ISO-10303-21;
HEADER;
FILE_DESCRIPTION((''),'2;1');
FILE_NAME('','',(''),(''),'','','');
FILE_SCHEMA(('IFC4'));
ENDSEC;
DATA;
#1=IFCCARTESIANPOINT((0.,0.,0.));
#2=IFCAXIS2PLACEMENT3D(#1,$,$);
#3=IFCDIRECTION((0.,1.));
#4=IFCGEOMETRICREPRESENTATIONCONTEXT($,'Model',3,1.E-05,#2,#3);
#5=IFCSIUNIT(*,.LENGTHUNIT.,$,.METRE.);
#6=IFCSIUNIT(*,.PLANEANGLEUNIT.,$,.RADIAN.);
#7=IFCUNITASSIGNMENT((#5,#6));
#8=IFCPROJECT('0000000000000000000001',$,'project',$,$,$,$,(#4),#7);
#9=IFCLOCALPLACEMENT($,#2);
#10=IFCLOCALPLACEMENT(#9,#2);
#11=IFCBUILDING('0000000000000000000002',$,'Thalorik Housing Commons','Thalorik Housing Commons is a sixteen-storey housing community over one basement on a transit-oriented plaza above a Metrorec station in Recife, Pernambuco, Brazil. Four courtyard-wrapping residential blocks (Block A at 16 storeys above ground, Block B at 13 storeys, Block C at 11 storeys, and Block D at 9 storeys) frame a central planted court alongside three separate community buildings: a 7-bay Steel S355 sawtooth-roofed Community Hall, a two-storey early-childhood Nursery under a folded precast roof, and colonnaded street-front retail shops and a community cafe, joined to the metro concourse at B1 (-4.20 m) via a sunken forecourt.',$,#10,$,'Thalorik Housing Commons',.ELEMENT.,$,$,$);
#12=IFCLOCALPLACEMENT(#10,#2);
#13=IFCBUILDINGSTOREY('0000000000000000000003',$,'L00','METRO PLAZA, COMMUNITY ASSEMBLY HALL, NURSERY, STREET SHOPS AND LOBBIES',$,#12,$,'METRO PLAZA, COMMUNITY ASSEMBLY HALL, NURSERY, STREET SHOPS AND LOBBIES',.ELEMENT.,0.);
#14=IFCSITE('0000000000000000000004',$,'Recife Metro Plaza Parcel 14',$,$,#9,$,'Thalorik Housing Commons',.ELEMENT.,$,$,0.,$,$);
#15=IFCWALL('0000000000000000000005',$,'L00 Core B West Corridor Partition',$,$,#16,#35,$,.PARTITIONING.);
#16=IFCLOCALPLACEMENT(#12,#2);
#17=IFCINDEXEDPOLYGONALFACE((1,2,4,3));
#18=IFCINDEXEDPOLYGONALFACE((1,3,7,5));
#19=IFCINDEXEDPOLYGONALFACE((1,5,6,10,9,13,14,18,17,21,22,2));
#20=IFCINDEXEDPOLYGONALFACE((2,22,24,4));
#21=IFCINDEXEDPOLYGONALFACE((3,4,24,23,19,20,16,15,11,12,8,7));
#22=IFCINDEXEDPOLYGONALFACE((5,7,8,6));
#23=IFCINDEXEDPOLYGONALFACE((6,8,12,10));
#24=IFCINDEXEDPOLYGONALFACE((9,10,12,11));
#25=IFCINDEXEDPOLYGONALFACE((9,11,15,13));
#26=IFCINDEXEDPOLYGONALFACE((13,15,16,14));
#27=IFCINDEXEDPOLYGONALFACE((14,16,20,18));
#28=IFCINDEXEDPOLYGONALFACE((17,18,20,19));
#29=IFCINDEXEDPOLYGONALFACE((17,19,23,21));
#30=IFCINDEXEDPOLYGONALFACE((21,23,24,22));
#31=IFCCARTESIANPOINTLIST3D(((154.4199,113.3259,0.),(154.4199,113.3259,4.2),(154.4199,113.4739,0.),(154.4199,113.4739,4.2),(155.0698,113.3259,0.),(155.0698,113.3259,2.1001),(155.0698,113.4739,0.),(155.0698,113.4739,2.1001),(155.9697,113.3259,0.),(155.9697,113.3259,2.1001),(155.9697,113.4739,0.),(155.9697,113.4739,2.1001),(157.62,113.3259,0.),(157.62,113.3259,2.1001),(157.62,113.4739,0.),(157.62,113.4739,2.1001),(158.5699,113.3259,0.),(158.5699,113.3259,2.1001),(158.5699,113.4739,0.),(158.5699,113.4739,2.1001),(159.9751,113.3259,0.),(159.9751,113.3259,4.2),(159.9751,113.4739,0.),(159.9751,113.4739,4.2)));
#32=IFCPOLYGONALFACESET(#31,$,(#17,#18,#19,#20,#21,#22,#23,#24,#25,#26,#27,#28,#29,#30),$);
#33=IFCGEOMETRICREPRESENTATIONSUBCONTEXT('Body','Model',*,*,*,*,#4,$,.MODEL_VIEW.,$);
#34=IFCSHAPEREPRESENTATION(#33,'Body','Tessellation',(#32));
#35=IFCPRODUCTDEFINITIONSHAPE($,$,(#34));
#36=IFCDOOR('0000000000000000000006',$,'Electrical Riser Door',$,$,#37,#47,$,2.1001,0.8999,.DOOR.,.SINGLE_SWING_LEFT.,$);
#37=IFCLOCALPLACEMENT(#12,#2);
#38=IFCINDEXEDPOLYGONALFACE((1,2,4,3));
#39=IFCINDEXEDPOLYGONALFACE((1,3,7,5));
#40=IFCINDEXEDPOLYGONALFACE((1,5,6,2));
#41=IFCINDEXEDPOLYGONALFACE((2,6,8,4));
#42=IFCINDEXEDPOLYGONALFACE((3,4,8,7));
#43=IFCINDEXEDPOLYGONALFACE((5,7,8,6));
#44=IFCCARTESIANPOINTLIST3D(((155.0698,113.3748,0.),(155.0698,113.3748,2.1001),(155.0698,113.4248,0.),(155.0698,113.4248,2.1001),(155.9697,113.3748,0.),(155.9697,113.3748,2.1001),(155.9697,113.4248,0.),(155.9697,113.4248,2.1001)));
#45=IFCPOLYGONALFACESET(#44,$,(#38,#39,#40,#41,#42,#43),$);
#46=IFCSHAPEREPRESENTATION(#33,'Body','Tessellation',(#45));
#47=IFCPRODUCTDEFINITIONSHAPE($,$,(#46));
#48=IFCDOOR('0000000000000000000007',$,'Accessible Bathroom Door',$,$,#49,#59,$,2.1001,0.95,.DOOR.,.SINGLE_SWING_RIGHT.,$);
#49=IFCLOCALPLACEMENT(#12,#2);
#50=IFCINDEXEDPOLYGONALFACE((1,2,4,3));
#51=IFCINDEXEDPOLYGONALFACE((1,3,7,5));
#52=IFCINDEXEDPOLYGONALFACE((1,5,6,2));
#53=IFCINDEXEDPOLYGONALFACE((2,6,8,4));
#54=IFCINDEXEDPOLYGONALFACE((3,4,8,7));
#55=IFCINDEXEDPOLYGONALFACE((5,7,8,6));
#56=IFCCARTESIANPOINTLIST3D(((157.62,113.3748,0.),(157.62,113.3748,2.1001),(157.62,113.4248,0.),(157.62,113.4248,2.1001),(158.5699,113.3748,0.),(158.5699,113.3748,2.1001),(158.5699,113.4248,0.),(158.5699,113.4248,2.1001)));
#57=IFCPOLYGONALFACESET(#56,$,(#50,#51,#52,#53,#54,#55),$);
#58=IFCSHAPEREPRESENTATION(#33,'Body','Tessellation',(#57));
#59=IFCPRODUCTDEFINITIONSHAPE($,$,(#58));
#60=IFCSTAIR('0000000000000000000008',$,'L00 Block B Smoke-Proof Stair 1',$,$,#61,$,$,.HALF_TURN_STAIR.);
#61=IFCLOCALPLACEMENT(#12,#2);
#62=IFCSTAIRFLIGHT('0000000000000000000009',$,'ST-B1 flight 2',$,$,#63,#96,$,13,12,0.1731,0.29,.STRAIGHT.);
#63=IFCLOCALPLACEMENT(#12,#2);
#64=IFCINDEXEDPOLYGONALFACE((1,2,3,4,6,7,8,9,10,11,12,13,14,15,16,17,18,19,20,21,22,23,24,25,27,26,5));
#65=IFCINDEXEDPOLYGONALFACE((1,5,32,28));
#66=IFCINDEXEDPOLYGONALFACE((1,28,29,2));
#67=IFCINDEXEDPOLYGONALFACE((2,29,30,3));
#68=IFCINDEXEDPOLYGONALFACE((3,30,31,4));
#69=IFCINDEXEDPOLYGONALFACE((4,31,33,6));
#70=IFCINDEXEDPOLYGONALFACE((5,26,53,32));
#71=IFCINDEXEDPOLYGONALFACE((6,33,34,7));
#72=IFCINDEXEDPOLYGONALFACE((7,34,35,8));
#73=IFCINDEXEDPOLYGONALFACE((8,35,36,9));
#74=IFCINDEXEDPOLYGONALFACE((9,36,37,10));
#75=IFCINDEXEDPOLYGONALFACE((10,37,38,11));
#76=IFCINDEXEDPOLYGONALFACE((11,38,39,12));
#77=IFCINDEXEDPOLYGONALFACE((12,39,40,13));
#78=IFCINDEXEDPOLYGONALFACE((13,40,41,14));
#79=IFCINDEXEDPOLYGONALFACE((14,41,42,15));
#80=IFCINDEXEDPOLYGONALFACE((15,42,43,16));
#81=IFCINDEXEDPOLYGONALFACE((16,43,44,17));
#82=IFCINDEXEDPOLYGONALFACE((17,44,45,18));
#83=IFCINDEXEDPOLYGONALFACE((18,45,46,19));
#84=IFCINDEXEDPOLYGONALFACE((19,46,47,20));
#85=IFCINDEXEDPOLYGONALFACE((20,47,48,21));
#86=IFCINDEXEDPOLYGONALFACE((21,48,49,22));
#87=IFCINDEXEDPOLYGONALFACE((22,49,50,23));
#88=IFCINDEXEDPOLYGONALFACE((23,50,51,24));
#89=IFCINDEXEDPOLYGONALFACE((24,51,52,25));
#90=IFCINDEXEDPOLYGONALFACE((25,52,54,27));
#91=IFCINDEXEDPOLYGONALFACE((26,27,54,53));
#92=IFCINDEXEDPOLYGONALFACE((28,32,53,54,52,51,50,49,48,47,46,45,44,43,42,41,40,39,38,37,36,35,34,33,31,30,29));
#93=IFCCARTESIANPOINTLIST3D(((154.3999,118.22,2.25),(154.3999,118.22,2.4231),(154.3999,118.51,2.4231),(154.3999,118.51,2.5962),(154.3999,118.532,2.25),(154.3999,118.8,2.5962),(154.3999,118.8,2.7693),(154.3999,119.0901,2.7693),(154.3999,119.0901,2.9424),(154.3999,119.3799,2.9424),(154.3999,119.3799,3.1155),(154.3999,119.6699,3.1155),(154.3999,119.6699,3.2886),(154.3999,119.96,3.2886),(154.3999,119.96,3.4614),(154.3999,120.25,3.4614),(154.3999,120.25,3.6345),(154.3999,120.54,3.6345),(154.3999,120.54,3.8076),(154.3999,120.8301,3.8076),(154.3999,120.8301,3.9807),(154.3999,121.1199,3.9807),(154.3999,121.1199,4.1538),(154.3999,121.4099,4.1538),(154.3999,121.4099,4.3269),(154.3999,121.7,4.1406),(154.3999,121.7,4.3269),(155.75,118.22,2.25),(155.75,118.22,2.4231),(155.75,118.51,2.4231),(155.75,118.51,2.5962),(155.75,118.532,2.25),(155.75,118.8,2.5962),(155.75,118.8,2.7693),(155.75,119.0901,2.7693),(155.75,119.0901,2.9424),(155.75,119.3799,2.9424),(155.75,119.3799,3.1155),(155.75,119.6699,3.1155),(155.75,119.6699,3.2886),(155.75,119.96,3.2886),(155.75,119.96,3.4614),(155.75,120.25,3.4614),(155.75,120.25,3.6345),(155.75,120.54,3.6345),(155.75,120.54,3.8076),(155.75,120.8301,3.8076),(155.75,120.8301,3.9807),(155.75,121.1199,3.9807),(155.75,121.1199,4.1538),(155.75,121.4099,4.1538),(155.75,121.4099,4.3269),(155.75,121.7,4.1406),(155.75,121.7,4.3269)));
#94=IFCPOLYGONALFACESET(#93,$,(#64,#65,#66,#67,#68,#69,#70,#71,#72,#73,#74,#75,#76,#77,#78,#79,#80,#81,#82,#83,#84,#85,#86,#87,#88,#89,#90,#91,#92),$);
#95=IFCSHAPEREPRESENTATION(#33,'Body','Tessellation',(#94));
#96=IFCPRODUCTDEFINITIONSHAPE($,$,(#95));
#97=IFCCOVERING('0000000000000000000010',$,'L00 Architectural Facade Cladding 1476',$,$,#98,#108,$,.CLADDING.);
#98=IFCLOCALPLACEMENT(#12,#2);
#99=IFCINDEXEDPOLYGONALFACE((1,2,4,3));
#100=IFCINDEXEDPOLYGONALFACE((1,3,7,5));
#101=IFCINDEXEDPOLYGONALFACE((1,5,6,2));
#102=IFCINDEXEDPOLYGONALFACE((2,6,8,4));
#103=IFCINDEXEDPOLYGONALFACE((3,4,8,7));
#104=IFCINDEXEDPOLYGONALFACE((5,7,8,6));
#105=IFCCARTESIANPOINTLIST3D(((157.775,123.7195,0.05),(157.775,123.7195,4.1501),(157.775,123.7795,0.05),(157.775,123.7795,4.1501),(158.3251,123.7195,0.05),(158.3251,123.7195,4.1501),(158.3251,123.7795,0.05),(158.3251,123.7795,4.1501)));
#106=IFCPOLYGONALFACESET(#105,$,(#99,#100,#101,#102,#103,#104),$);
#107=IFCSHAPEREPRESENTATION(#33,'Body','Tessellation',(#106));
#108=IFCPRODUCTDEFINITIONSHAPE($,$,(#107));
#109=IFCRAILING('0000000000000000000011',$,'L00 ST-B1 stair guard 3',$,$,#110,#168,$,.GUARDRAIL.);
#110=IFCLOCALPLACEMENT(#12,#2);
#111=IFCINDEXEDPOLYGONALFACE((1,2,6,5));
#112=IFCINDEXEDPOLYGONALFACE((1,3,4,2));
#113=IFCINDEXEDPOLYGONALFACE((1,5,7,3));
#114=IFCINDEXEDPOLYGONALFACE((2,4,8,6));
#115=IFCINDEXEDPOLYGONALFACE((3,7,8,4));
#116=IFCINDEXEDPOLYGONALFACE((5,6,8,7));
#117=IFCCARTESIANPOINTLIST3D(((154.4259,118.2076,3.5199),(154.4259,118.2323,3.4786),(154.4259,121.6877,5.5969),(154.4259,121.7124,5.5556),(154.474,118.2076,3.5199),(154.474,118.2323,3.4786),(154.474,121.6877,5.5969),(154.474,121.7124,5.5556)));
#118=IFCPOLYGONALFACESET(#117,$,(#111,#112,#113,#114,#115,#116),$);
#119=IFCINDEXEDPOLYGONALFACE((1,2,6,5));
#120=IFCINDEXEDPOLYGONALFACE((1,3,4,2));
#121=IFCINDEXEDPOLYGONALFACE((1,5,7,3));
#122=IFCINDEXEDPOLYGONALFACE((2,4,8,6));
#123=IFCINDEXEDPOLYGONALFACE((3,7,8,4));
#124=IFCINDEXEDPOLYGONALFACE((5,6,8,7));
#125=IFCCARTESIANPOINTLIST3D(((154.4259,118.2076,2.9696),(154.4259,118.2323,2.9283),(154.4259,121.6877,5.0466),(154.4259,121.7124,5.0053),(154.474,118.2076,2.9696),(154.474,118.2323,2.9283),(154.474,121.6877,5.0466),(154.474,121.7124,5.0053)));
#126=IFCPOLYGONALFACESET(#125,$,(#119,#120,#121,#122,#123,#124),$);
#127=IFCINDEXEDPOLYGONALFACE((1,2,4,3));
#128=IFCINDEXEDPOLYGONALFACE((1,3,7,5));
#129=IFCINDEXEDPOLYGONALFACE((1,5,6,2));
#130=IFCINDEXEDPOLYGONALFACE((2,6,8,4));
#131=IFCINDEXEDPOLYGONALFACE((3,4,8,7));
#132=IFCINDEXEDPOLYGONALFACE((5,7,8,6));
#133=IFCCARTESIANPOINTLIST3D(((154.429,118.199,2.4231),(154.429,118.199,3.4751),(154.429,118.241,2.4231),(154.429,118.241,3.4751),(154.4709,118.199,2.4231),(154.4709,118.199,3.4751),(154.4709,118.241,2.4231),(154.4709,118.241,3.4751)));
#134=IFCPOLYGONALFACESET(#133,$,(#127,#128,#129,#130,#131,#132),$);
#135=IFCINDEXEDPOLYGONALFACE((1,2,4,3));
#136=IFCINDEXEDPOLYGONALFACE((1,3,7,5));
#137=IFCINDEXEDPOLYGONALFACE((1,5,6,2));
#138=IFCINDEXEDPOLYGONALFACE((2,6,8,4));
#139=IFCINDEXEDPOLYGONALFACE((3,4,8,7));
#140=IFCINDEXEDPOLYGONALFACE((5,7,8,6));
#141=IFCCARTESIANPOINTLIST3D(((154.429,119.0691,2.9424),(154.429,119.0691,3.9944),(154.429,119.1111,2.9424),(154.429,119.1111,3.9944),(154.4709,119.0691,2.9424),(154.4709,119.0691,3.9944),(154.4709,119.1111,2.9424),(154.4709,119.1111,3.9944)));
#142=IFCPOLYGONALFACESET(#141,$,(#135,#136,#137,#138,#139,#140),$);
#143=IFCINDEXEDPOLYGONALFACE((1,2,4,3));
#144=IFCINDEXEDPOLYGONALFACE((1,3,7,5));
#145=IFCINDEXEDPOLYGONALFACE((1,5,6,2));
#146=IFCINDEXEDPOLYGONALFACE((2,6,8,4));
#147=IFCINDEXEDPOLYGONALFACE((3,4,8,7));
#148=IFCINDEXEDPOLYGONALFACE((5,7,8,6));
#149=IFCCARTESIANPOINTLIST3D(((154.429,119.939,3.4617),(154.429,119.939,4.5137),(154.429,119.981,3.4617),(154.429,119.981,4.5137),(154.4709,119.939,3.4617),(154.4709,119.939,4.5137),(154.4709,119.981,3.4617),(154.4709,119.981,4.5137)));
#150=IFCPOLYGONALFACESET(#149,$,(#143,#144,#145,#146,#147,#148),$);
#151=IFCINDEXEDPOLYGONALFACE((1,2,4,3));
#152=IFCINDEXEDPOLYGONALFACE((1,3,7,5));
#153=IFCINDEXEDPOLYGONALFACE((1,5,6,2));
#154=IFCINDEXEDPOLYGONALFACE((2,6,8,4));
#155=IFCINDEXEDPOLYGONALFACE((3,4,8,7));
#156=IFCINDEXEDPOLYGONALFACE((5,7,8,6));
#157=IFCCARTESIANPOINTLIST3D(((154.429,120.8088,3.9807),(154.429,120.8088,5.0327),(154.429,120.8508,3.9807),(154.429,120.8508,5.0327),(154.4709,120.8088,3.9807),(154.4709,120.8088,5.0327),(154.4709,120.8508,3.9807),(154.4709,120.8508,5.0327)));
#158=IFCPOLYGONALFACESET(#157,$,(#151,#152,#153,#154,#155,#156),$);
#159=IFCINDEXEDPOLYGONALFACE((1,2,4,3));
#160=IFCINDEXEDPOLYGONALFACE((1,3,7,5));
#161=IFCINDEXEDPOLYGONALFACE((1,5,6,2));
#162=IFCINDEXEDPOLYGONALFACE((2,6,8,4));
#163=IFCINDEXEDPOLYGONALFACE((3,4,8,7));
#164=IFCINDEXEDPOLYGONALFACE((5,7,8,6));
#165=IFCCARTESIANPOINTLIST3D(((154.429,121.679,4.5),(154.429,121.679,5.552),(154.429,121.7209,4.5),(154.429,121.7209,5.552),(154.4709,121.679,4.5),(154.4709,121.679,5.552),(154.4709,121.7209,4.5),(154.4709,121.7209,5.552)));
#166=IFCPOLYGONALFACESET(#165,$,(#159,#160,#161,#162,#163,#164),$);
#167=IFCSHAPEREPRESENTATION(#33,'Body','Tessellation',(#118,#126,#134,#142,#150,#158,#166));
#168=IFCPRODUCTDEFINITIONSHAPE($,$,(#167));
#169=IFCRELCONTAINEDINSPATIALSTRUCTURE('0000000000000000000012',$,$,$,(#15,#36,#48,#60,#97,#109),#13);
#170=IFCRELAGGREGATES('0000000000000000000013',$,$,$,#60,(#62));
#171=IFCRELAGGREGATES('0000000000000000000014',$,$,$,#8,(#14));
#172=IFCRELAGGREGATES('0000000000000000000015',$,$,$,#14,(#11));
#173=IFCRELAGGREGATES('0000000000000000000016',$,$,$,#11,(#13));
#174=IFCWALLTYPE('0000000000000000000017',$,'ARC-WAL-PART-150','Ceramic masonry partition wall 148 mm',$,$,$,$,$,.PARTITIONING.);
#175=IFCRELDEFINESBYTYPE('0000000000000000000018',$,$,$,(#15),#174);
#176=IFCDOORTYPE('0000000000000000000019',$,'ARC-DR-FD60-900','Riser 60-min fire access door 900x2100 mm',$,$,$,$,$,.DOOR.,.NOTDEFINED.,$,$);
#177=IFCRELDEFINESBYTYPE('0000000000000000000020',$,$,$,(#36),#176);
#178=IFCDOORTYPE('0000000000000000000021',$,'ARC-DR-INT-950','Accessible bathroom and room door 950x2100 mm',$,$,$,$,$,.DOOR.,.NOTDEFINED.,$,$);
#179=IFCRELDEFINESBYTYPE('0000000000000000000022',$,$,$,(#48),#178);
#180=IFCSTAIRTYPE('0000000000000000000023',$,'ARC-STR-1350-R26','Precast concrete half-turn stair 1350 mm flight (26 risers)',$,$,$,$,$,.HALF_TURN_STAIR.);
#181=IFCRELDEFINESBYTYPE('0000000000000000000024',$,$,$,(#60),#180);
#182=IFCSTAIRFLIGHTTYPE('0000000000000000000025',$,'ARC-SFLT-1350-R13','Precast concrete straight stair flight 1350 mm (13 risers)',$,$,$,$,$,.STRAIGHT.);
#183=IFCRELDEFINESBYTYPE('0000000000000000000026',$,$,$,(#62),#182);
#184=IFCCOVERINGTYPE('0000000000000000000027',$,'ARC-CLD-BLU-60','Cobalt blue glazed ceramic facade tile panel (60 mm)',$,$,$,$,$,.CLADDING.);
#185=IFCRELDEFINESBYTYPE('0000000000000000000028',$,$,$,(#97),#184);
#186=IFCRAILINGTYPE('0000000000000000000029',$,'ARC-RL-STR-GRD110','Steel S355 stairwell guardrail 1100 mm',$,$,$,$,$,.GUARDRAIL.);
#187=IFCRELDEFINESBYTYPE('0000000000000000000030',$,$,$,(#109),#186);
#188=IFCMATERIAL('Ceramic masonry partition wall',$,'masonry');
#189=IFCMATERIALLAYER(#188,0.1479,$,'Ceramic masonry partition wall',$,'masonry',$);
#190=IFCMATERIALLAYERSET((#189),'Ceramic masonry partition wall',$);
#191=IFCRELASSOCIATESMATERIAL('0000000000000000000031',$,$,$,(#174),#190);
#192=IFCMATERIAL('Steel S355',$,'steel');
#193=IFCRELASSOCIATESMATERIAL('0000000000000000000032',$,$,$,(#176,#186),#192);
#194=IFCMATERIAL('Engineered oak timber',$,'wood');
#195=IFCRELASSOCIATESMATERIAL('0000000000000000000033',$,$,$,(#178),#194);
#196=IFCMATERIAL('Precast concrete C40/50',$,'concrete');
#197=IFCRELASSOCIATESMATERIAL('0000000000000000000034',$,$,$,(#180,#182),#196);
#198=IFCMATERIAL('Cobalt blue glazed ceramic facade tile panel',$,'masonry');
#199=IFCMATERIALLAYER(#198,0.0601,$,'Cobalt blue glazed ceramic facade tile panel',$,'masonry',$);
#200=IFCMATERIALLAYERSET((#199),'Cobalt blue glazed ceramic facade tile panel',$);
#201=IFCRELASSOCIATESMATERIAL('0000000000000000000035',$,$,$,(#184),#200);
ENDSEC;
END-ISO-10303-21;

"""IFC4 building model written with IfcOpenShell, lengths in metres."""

from ifc_helpers import new_model, si_unit, direction, frame, frame_2d, origin, origin_2d, place, context, subcontext, project, spatial, polyline, rectangle, outline, extrude, material, layer, layer_set, type_object, element, fill, aggregate, save


model = new_model("IFC4")

# Units and contexts
model_context = context("Model", 3, precision=1e-05, world=origin(), true_north=direction((0.0, 1.0)))
body_context = subcontext(model_context, "Body", "Model", "MODEL_VIEW")
ifc_project = project(units=[si_unit("LENGTHUNIT", "METRE"), si_unit("PLANEANGLEUNIT", "RADIAN")], contexts=[model_context])

# Site, building, storey
site_placement = place(None, origin())
site = spatial("IfcSite", under=ifc_project, at=site_placement, Name="Recife Metro Plaza Parcel 14", LongName="Thalorik Housing Commons", CompositionType="ELEMENT", RefElevation=0.0)
building_placement = place(site_placement, origin())
building = spatial("IfcBuilding", under=site, at=building_placement, Name="Thalorik Housing Commons", Description="Thalorik Housing Commons is a sixteen-storey housing community over one basement on a transit-oriented plaza above a Metrorec station in Recife, Pernambuco, Brazil. Four courtyard-wrapping residential blocks (Block A at 16 storeys above ground, Block B at 13 storeys, Block C at 11 storeys, and Block D at 9 storeys) frame a central planted court alongside three separate community buildings: a 7-bay Steel S355 sawtooth-roofed Community Hall, a two-storey early-childhood Nursery under a folded precast roof, and colonnaded street-front retail shops and a community cafe, joined to the metro concourse at B1 (-4.20 m) via a sunken forecourt.", LongName="Thalorik Housing Commons", CompositionType="ELEMENT")
storey_placement = place(building_placement, origin())
storey = spatial("IfcBuildingStorey", under=building, at=storey_placement, Name="L00", Description="METRO PLAZA, COMMUNITY ASSEMBLY HALL, NURSERY, STREET SHOPS AND LOBBIES", LongName="METRO PLAZA, COMMUNITY ASSEMBLY HALL, NURSERY, STREET SHOPS AND LOBBIES", CompositionType="ELEMENT", Elevation=0.0)

# Shared definitions
ifc_material_1 = material(Name="Precast concrete C40/50", Category="concrete")

# Shared definitions
ifc_material_2 = material(Name="Steel S355", Category="steel")

# Shared definitions
ifc_material_3 = material(Name="Ceramic masonry partition wall", Category="masonry")
ifc_layer_1 = layer(ifc_material_3, 0.1479, Name="Ceramic masonry partition wall", Category="masonry")
ifc_layer_set_1 = layer_set([ifc_layer_1], Name="Ceramic masonry partition wall")
wall_type_1 = type_object("IfcWallType", Name="ARC-WAL-PART-150", Description="Ceramic masonry partition wall 148 mm", PredefinedType="PARTITIONING", material=ifc_layer_set_1)

# Wall, openings, doors
wall_1_placement = place(storey_placement, frame((154.4199, 113.3999, 0.0), z_axis=(0.0, 0.0, 1.0), x_axis=(1.0, 0.0, 0.0)))
wall_1 = element("IfcWall", 1, at=wall_1_placement, inside=storey, type_object=wall_type_1, Name="L00 Core B West Corridor Partition", PredefinedType="PARTITIONING", context=body_context, shape_type="SweptSolid", body=[
    extrude(rectangle(XDim=5.5552, YDim=0.1479, at=frame_2d((2.7776, 0.0))), origin(), (0.0, 0.0, 1.0), 4.2),
])
opening_1_placement = place(wall_1_placement, frame((0.6499, 0.0, 0.0)))
opening_1 = element("IfcOpeningElement", 2, at=opening_1_placement, cuts=wall_1, PredefinedType="OPENING", context=body_context, shape_type="SweptSolid", body=[
    extrude(rectangle(XDim=0.8999, YDim=2.1001, at=frame_2d((0.45, 1.05))), frame((0.0, 0.084, 0.0), z_axis=(0.0, -1.0, 0.0), x_axis=(1.0, 0.0, 0.0)), (0.0, 0.0, 1.0), 0.168),
])
opening_2_placement = place(wall_1_placement, frame((3.2, 0.0, 0.0)))
opening_2 = element("IfcOpeningElement", 3, at=opening_2_placement, cuts=wall_1, PredefinedType="OPENING", context=body_context, shape_type="SweptSolid", body=[
    extrude(rectangle(XDim=0.95, YDim=2.1001, at=frame_2d((0.4751, 1.05))), frame((0.0, 0.084, 0.0), z_axis=(0.0, -1.0, 0.0), x_axis=(1.0, 0.0, 0.0)), (0.0, 0.0, 1.0), 0.168),
])
door_type_1 = type_object("IfcDoorType", Name="ARC-DR-FD60-900", Description="Riser 60-min fire access door 900x2100 mm", OperationType="NOTDEFINED", PredefinedType="DOOR", material=ifc_material_2)
door_1_placement = place(opening_1_placement, origin())
door_1 = element("IfcDoor", 4, at=door_1_placement, inside=storey, type_object=door_type_1, Name="Electrical Riser Door", OperationType="SINGLE_SWING_LEFT", OverallHeight=2.1001, OverallWidth=0.8999, PredefinedType="DOOR", context=body_context, shape_type="SweptSolid", body=[
    extrude(rectangle(XDim=0.8999, YDim=2.1001, at=frame_2d((0.45, 1.05))), frame((0.0, 0.0249, 0.0), z_axis=(0.0, -1.0, 0.0), x_axis=(1.0, 0.0, 0.0)), (0.0, 0.0, 1.0), 0.05),
])
fill(opening_1, door_1)
ifc_material_4 = material(Name="Engineered oak timber", Category="wood")
door_type_2 = type_object("IfcDoorType", Name="ARC-DR-INT-950", Description="Accessible bathroom and room door 950x2100 mm", OperationType="NOTDEFINED", PredefinedType="DOOR", material=ifc_material_4)
door_2_placement = place(opening_2_placement, origin())
door_2 = element("IfcDoor", 5, at=door_2_placement, inside=storey, type_object=door_type_2, Name="Accessible Bathroom Door", OperationType="SINGLE_SWING_RIGHT", OverallHeight=2.1001, OverallWidth=0.95, PredefinedType="DOOR", context=body_context, shape_type="SweptSolid", body=[
    extrude(rectangle(XDim=0.95, YDim=2.1001, at=frame_2d((0.4751, 1.05))), frame((0.0, 0.0249, 0.0), z_axis=(0.0, -1.0, 0.0), x_axis=(1.0, 0.0, 0.0)), (0.0, 0.0, 1.0), 0.05),
])
fill(opening_2, door_2)

# Stair, stair flight
stair_type = type_object("IfcStairType", Name="ARC-STR-1350-R26", Description="Precast concrete half-turn stair 1350 mm flight (26 risers)", PredefinedType="HALF_TURN_STAIR", material=ifc_material_1)
stair_placement = place(storey_placement, origin())
stair = element("IfcStair", 6, at=stair_placement, inside=storey, type_object=stair_type, Name="L00 Block B Smoke-Proof Stair 1", PredefinedType="HALF_TURN_STAIR")
stair_flight_type = type_object("IfcStairFlightType", Name="ARC-SFLT-1350-R13", Description="Precast concrete straight stair flight 1350 mm (13 risers)", PredefinedType="STRAIGHT", material=ifc_material_1)
stair_flight_placement = place(storey_placement, frame((155.075, 118.22, 2.25), z_axis=(0.0, 0.0, 1.0), x_axis=(0.0, 1.0, 0.0)))
stair_flight = element("IfcStairFlight", 7, at=stair_flight_placement, type_object=stair_flight_type, Name="ST-B1 flight 2", NumberOfRisers=13, NumberOfTreads=12, PredefinedType="STRAIGHT", RiserHeight=0.1731, TreadLength=0.29, context=body_context, shape_type="SweptSolid", body=[
    extrude(outline(polyline([(0.0, 0.0), (0.0, 0.1731), (0.29, 0.1731), (0.29, 0.3462), (0.5801, 0.3462), (0.5801, 0.5193), (0.8701, 0.5193), (0.8701, 0.6924), (1.1599, 0.6924), (1.1599, 0.8655), (1.45, 0.8655), (1.45, 1.0386), (1.74, 1.0386), (1.74, 1.2114), (2.03, 1.2114), (2.03, 1.3845), (2.3201, 1.3845), (2.3201, 1.5576), (2.6101, 1.5576), (2.6101, 1.7307), (2.8999, 1.7307), (2.8999, 1.9038), (3.1899, 1.9038), (3.1899, 2.0769), (3.48, 2.0769), (3.48, 2.25), (3.48, 1.8906), (0.312, 0.0), (0.0, 0.0)])), frame((0.0, 0.675, 0.0), z_axis=(0.0, -1.0, 0.0), x_axis=(1.0, 0.0, 0.0)), (0.0, 0.0, 1.0), 1.3501),
])
aggregate(stair, [stair_flight])

# Covering
ifc_material_5 = material(Name="Cobalt blue glazed ceramic facade tile panel", Category="masonry")
ifc_layer_2 = layer(ifc_material_5, 0.0601, Name="Cobalt blue glazed ceramic facade tile panel", Category="masonry")
ifc_layer_set_2 = layer_set([ifc_layer_2], Name="Cobalt blue glazed ceramic facade tile panel")
covering_type = type_object("IfcCoveringType", Name="ARC-CLD-BLU-60", Description="Cobalt blue glazed ceramic facade tile panel (60 mm)", PredefinedType="CLADDING", material=ifc_layer_set_2)
covering_placement = place(storey_placement, frame((158.05, 123.7495, 0.05), z_axis=(0.0, 0.0, 1.0), x_axis=(-1.0, 0.0, 0.0)))
element("IfcCovering", 8, at=covering_placement, inside=storey, type_object=covering_type, Name="L00 Architectural Facade Cladding 1476", PredefinedType="CLADDING", context=body_context, shape_type="SweptSolid", body=[
    extrude(rectangle(XDim=0.55, YDim=0.0601, at=origin_2d()), origin(), (0.0, 0.0, 1.0), 4.1001),
])

# Railing
railing_type_1 = type_object("IfcRailingType", Name="ARC-RL-STR-GRD110", Description="Steel S355 stairwell guardrail 1100 mm", PredefinedType="GUARDRAIL", material=ifc_material_2)
railing_1_placement = place(storey_placement, frame((154.45, 118.22, 2.4231)))
element("IfcRailing", 9, at=railing_1_placement, inside=storey, type_object=railing_type_1, Name="L00 ST-B1 stair guard 3", PredefinedType="GUARDRAIL", context=body_context, shape_type="SweptSolid", body=[
    extrude(rectangle(XDim=0.0481, YDim=0.0481, at=origin_2d()), frame((0.0, 0.0, 1.0762), z_axis=(0.0, 0.858697, 0.512483), x_axis=(-1.0, 0.0, 0.0)), (0.0, 0.0, 1.0), 4.0527),
    extrude(rectangle(XDim=0.0481, YDim=0.0481, at=origin_2d()), frame((0.0, 0.0, 0.5259), z_axis=(0.0, 0.858697, 0.512483), x_axis=(-1.0, 0.0, 0.0)), (0.0, 0.0, 1.0), 4.0527),
    extrude(rectangle(XDim=0.042, YDim=0.042, at=origin_2d()), origin(), (0.0, 0.0, 1.0), 1.052),
    extrude(rectangle(XDim=0.042, YDim=0.042, at=origin_2d()), frame((0.0, 0.8701, 0.5193)), (0.0, 0.0, 1.0), 1.052),
    extrude(rectangle(XDim=0.042, YDim=0.042, at=origin_2d()), frame((0.0, 1.74, 1.0386)), (0.0, 0.0, 1.0), 1.052),
    extrude(rectangle(XDim=0.042, YDim=0.042, at=origin_2d()), frame((0.0, 2.6099, 1.5576)), (0.0, 0.0, 1.0), 1.052),
    extrude(rectangle(XDim=0.042, YDim=0.042, at=origin_2d()), frame((0.0, 3.48, 2.0769)), (0.0, 0.0, 1.0), 1.052),
])

save(model, "model.ifc")
